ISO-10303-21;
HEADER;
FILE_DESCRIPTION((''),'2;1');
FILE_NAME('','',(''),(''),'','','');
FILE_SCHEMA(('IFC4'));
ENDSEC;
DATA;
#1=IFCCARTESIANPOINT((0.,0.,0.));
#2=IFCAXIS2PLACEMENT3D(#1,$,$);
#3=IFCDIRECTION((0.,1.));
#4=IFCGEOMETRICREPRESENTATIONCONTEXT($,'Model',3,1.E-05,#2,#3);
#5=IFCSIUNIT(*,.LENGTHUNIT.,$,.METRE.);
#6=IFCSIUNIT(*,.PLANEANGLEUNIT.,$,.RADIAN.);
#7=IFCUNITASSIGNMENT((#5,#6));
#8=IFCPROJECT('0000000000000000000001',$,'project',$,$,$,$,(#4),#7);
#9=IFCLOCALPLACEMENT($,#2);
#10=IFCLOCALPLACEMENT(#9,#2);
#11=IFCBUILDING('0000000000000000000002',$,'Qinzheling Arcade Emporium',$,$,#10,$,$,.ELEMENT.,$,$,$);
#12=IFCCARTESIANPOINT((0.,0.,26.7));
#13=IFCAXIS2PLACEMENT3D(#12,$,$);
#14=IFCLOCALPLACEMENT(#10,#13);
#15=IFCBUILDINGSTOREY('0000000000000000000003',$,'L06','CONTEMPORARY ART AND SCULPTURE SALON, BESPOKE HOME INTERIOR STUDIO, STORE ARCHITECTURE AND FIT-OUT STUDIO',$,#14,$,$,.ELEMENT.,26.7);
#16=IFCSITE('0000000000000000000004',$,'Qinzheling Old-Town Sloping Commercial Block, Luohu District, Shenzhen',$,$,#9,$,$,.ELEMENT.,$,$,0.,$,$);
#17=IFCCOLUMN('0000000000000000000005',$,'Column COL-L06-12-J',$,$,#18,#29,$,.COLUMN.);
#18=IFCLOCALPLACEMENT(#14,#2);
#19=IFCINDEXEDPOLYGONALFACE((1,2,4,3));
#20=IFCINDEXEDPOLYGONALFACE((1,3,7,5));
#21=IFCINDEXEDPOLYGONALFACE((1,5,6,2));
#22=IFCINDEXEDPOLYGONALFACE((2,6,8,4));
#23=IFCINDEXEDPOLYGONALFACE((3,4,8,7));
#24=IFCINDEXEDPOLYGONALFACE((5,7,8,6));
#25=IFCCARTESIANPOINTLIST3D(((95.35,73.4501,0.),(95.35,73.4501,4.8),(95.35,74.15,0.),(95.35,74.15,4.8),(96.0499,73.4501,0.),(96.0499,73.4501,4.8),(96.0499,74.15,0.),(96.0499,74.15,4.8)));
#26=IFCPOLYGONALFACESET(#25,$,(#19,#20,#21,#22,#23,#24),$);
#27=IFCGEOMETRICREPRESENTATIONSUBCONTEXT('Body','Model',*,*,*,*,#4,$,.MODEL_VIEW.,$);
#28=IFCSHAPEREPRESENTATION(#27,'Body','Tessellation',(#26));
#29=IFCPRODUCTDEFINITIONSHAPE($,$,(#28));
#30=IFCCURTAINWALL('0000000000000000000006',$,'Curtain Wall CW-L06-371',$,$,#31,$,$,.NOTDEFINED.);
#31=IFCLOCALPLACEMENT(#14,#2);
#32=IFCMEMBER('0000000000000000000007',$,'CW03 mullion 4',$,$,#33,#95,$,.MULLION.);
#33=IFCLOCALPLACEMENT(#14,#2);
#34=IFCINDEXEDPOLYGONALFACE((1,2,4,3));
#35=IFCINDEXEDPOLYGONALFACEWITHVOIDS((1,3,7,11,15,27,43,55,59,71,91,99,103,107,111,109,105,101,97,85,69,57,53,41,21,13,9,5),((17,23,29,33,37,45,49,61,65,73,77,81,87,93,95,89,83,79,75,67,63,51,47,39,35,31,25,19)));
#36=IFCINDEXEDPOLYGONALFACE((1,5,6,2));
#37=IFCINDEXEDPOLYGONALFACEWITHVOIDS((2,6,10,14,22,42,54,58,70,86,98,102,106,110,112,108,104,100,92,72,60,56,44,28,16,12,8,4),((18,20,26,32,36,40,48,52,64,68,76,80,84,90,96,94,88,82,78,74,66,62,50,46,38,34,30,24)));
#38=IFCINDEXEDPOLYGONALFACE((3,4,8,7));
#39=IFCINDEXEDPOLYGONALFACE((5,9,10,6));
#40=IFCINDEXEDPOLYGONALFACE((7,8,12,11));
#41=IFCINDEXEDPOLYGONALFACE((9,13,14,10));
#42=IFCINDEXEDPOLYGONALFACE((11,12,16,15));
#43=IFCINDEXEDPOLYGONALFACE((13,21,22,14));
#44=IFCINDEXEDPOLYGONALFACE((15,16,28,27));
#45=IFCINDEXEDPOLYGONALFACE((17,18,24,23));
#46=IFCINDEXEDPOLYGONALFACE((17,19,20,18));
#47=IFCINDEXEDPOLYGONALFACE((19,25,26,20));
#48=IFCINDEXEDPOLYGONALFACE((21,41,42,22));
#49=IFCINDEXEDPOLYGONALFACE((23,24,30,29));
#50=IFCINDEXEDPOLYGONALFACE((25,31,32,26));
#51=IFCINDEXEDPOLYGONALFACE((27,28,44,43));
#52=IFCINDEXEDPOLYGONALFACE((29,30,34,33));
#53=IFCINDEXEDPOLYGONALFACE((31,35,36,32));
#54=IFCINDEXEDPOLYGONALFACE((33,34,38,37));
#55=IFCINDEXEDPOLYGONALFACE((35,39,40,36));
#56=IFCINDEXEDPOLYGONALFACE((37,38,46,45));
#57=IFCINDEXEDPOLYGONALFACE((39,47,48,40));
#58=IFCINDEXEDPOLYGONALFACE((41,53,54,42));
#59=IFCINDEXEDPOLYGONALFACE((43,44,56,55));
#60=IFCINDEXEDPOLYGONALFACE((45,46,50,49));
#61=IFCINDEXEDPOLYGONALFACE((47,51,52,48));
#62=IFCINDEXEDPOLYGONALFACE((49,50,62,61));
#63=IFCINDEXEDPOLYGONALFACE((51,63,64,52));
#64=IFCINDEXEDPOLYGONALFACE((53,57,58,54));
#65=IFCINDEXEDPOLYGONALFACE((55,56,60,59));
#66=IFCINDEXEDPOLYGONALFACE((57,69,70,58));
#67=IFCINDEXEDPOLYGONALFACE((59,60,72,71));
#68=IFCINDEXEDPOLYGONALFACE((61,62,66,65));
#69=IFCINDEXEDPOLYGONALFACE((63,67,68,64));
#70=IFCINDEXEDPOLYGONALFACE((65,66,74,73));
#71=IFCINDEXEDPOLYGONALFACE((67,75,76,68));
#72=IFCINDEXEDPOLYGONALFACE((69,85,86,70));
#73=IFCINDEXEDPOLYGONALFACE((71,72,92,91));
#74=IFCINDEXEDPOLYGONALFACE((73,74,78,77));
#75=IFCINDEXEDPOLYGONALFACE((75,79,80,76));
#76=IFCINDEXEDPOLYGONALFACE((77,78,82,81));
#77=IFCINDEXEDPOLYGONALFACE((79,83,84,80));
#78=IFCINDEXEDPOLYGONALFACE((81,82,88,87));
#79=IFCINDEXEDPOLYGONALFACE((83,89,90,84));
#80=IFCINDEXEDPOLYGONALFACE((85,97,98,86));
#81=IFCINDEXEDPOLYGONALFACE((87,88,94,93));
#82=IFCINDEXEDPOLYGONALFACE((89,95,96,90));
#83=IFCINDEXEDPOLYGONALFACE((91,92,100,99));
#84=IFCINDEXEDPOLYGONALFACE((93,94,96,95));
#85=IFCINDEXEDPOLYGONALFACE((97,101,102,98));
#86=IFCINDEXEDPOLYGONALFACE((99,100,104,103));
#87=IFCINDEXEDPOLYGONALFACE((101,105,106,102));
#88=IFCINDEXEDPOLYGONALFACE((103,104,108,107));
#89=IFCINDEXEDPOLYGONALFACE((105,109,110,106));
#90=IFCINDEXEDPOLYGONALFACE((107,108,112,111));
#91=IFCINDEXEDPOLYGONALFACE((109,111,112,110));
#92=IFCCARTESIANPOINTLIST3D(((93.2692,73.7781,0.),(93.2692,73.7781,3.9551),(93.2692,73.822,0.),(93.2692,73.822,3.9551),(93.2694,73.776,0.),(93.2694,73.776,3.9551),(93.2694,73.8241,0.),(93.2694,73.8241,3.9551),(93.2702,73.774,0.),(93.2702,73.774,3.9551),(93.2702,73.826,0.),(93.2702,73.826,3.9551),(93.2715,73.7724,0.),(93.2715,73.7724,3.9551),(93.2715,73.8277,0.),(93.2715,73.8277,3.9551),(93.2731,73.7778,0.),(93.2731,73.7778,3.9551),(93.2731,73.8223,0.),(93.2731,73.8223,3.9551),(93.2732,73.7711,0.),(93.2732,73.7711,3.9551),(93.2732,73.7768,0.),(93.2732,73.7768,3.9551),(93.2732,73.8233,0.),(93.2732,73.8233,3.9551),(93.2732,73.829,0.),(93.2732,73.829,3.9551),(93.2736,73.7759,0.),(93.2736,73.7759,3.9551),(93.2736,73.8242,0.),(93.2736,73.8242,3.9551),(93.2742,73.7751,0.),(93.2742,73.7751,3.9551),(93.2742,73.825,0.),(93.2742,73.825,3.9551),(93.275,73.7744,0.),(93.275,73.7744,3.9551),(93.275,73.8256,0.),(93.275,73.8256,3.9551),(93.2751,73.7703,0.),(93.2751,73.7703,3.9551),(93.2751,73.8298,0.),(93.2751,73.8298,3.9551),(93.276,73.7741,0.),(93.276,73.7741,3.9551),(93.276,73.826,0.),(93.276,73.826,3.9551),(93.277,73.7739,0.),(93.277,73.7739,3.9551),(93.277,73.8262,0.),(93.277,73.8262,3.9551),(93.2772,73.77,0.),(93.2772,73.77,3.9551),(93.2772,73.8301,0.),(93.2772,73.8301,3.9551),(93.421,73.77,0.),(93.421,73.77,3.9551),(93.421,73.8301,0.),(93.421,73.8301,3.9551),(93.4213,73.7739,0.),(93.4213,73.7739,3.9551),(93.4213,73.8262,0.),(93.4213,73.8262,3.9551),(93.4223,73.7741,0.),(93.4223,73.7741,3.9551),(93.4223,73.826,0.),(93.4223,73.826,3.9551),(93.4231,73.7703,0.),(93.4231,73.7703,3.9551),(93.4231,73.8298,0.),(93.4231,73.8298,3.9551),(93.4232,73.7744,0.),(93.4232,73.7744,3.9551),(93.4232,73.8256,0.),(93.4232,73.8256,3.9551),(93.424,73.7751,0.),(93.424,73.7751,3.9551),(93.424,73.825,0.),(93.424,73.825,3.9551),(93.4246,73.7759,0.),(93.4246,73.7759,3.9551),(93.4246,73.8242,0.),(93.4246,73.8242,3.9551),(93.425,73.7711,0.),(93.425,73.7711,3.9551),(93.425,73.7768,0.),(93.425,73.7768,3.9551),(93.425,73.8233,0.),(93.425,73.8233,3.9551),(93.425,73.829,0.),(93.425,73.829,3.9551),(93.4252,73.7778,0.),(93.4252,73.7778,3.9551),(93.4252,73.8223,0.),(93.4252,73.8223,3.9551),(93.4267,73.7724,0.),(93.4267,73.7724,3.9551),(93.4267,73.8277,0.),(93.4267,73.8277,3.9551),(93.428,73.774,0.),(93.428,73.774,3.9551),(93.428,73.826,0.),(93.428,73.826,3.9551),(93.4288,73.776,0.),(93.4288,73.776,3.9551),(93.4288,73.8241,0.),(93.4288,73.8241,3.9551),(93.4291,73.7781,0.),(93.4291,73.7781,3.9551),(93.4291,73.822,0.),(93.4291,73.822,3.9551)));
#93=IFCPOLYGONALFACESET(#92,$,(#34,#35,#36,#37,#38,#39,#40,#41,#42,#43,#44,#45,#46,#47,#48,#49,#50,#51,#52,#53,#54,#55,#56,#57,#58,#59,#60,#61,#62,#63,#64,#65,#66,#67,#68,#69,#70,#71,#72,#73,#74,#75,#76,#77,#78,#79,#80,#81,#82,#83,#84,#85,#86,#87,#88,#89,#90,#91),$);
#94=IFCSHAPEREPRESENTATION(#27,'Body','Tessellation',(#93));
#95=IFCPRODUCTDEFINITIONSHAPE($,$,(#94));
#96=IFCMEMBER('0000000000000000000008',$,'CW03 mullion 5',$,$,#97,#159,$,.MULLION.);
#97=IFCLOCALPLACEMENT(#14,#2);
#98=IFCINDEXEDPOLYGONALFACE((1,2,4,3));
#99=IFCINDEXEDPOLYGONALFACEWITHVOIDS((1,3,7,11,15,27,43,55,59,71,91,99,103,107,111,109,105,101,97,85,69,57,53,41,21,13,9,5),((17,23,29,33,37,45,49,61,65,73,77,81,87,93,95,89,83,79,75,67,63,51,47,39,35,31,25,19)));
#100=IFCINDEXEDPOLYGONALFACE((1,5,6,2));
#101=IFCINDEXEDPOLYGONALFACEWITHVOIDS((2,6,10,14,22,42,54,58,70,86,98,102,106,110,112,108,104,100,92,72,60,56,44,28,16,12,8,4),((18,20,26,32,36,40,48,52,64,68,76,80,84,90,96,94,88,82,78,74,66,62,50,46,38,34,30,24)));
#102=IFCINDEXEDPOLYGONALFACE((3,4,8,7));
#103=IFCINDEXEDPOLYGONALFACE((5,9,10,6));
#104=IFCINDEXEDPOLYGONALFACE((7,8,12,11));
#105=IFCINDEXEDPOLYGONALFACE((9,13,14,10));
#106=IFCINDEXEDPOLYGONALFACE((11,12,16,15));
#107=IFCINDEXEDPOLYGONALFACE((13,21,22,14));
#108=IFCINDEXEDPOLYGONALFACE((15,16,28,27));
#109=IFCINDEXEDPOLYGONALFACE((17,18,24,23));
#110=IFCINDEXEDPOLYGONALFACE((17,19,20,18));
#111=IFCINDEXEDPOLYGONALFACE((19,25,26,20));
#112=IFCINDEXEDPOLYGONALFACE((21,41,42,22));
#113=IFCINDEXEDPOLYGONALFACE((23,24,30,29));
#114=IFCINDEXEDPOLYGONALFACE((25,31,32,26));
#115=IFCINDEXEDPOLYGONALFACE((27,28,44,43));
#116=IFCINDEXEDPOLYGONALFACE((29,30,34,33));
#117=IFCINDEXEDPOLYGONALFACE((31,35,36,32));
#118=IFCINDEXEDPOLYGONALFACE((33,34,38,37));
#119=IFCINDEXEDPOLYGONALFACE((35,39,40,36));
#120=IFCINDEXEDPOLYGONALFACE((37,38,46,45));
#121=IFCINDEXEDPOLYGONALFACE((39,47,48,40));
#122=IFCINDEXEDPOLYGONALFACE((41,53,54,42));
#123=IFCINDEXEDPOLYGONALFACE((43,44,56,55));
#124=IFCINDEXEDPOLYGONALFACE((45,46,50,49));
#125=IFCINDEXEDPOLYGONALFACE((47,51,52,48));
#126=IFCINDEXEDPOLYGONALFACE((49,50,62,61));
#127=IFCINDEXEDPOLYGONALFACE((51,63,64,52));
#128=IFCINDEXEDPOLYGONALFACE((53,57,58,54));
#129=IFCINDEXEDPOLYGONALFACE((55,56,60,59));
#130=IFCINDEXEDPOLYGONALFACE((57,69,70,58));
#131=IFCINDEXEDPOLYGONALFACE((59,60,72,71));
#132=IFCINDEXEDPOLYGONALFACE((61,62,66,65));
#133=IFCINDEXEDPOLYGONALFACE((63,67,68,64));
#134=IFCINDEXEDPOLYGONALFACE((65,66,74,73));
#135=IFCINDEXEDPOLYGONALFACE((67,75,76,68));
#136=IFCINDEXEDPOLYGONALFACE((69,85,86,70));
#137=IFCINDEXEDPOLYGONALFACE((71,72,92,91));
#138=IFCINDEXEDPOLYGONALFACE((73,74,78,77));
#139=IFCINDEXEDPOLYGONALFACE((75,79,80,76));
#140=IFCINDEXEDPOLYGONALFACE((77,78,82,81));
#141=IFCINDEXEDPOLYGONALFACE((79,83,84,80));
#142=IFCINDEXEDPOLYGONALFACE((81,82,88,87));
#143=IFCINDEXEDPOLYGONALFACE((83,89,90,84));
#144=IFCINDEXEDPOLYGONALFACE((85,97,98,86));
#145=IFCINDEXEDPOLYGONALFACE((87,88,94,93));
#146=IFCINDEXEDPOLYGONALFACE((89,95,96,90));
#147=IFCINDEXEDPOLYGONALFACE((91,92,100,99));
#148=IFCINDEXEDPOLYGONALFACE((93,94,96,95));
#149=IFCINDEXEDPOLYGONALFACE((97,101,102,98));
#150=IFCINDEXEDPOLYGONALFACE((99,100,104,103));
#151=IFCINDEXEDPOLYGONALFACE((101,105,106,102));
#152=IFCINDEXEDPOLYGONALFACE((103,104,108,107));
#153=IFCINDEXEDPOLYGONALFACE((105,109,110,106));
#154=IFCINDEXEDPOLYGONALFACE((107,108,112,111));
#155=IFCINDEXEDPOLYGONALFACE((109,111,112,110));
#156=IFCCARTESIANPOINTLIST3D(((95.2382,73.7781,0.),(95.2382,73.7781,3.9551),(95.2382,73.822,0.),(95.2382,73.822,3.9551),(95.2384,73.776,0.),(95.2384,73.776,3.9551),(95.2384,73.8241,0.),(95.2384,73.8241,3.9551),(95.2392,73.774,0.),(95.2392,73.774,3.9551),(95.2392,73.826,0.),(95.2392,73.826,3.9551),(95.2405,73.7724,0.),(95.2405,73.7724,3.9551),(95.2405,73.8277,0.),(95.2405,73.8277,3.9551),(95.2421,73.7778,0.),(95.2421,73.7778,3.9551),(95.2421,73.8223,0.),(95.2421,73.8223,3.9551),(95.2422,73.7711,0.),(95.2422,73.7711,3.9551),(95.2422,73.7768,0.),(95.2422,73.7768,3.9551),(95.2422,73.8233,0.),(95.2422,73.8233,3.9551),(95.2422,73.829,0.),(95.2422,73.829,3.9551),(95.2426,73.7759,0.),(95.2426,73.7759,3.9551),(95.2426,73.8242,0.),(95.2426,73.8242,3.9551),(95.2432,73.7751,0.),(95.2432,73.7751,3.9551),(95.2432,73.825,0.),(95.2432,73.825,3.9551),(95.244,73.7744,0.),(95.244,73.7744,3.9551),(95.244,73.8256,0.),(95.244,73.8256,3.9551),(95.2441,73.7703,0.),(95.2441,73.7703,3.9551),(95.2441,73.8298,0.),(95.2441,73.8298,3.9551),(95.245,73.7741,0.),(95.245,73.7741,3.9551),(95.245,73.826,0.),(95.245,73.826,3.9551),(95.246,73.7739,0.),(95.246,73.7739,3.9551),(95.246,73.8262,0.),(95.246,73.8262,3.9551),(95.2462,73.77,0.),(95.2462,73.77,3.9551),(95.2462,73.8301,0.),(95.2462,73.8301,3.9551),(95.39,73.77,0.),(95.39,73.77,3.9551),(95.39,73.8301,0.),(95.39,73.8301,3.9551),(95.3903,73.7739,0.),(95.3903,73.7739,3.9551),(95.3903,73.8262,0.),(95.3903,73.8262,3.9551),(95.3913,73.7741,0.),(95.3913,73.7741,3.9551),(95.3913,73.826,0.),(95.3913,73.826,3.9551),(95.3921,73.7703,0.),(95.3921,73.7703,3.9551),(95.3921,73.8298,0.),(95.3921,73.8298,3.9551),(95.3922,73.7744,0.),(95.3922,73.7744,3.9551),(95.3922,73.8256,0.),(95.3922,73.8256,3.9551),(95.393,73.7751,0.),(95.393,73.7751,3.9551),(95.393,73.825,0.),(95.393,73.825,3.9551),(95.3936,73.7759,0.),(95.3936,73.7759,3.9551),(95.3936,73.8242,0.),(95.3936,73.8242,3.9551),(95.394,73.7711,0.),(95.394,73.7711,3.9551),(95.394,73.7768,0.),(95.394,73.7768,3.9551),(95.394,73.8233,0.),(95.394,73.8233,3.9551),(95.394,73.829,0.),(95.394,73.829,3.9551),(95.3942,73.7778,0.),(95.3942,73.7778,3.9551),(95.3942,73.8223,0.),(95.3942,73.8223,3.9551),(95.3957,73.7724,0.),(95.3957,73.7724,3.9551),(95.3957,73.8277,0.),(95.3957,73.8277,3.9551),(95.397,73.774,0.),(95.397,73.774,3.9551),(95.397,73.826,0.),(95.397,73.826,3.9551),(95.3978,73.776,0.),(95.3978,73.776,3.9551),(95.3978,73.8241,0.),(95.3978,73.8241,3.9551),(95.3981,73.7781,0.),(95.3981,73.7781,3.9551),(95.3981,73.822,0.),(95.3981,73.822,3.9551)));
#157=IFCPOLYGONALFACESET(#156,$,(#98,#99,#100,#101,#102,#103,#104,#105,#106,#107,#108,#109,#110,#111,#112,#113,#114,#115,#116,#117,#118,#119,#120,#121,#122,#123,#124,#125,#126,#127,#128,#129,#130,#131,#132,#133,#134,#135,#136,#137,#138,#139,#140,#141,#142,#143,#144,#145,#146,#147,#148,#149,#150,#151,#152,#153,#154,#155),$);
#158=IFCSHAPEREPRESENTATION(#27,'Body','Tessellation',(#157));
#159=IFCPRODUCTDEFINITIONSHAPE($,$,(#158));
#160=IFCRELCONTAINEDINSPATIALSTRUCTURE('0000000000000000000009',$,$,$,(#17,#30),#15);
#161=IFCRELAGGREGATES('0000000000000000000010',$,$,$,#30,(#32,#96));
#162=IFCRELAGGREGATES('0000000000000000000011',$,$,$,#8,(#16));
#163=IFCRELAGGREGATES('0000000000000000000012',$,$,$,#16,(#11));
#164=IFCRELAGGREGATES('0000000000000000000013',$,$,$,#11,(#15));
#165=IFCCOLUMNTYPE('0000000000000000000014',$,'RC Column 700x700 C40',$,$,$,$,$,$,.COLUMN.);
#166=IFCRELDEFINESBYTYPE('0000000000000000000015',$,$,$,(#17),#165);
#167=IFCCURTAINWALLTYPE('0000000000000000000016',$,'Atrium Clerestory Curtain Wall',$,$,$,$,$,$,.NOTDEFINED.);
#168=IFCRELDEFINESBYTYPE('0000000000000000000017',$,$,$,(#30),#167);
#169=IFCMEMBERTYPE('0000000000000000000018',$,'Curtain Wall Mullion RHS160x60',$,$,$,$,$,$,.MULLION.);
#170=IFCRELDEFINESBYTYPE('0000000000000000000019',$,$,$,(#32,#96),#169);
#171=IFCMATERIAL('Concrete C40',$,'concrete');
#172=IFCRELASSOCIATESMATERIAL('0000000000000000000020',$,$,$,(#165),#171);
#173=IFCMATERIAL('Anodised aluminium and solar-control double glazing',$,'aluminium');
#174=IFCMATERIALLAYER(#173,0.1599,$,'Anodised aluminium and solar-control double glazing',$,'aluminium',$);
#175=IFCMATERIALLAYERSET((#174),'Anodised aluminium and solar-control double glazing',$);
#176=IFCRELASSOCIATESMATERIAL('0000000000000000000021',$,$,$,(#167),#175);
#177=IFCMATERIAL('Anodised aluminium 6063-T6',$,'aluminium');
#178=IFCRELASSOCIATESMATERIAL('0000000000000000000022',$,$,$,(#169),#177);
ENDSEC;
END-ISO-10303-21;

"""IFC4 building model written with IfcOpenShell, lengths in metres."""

from ifc_helpers import new_model, si_unit, direction, frame, origin, origin_2d, place, context, subcontext, project, spatial, rectangle, hollow_rectangle, extrude, material, layer, layer_set, material_profile, profile_set, type_object, element, aggregate, save


model = new_model("IFC4")

# Units and contexts
model_context = context("Model", 3, precision=1e-05, world=origin(), true_north=direction((0.0, 1.0)))
body_context = subcontext(model_context, "Body", "Model", "MODEL_VIEW")
ifc_project = project(units=[si_unit("LENGTHUNIT", "METRE"), si_unit("PLANEANGLEUNIT", "RADIAN")], contexts=[model_context])

# Site, building, storey
site_placement = place(None, origin())
site = spatial("IfcSite", under=ifc_project, at=site_placement, Name="Qinzheling Old-Town Sloping Commercial Block, Luohu District, Shenzhen", CompositionType="ELEMENT", RefElevation=0.0)
building_placement = place(site_placement, origin())
building = spatial("IfcBuilding", under=site, at=building_placement, Name="Qinzheling Arcade Emporium", CompositionType="ELEMENT")
storey_placement = place(building_placement, frame((0.0, 0.0, 26.7)))
storey = spatial("IfcBuildingStorey", under=building, at=storey_placement, Name="L06", Description="CONTEMPORARY ART AND SCULPTURE SALON, BESPOKE HOME INTERIOR STUDIO, STORE ARCHITECTURE AND FIT-OUT STUDIO", CompositionType="ELEMENT", Elevation=26.7)

# Column
ifc_material_1 = material(Name="Concrete C40", Category="concrete")
ifc_material_profile_1 = material_profile(ifc_material_1, rectangle(XDim=0.7, YDim=0.7, at=origin_2d()), Name="RC 700x700", Category="concrete")
ifc_profile_set_1 = profile_set([ifc_material_profile_1], Name="Concrete C40")
column_type = type_object("IfcColumnType", Name="RC Column 700x700 C40", PredefinedType="COLUMN", material=ifc_profile_set_1)
column_placement = place(storey_placement, frame((95.7, 73.8, 0.0), z_axis=(0.0, 0.0, 1.0), x_axis=(1.0, 0.0, 0.0)))
element("IfcColumn", 1, at=column_placement, inside=storey, type_object=column_type, Name="Column COL-L06-12-J", PredefinedType="COLUMN", context=body_context, shape_type="SweptSolid", body=[
    extrude(rectangle(XDim=0.7, YDim=0.7, at=origin_2d()), origin(), (0.0, 0.0, 1.0), 4.8),
])

# Curtain wall, members
ifc_material_2 = material(Name="Anodised aluminium and solar-control double glazing", Category="aluminium")
ifc_layer_1 = layer(ifc_material_2, 0.1599, Name="Anodised aluminium and solar-control double glazing", Category="aluminium")
ifc_layer_set_1 = layer_set([ifc_layer_1], Name="Anodised aluminium and solar-control double glazing")
curtain_wall_type = type_object("IfcCurtainWallType", Name="Atrium Clerestory Curtain Wall", PredefinedType="NOTDEFINED", material=ifc_layer_set_1)
curtain_wall_1_placement = place(storey_placement, origin())
curtain_wall_1 = element("IfcCurtainWall", 2, at=curtain_wall_1_placement, inside=storey, type_object=curtain_wall_type, Name="Curtain Wall CW-L06-371", PredefinedType="NOTDEFINED")
ifc_material_3 = material(Name="Anodised aluminium 6063-T6", Category="aluminium")
ifc_material_profile_2 = material_profile(ifc_material_3, hollow_rectangle(XDim=0.0601, YDim=0.1599, WallThickness=0.0039, InnerFilletRadius=0.0039, OuterFilletRadius=0.0081, at=origin_2d()), Name="RHS 160x60x4", Category="aluminium")
ifc_profile_set_2 = profile_set([ifc_material_profile_2], Name="Anodised aluminium 6063-T6")
member_type_1 = type_object("IfcMemberType", Name="Curtain Wall Mullion RHS160x60", PredefinedType="MULLION", material=ifc_profile_set_2)
member_1_placement = place(storey_placement, frame((93.3491, 73.8, 0.0), z_axis=(0.0, 0.0, 1.0), x_axis=(0.0, 1.0, 0.0)))
member_1 = element("IfcMember", 3, at=member_1_placement, type_object=member_type_1, Name="CW03 mullion 4", PredefinedType="MULLION", context=body_context, shape_type="SweptSolid", body=[
    extrude(hollow_rectangle(XDim=0.0601, YDim=0.1599, WallThickness=0.0039, InnerFilletRadius=0.0039, OuterFilletRadius=0.0081, at=origin_2d()), origin(), (0.0, 0.0, 1.0), 3.9551),
])
member_2_placement = place(storey_placement, frame((95.3181, 73.8, 0.0), z_axis=(0.0, 0.0, 1.0), x_axis=(0.0, 1.0, 0.0)))
member_2 = element("IfcMember", 4, at=member_2_placement, type_object=member_type_1, Name="CW03 mullion 5", PredefinedType="MULLION", context=body_context, shape_type="SweptSolid", body=[
    extrude(hollow_rectangle(XDim=0.0601, YDim=0.1599, WallThickness=0.0039, InnerFilletRadius=0.0039, OuterFilletRadius=0.0081, at=origin_2d()), origin(), (0.0, 0.0, 1.0), 3.9551),
])

aggregate(curtain_wall_1, [member_1, member_2])

save(model, "model.ifc")
